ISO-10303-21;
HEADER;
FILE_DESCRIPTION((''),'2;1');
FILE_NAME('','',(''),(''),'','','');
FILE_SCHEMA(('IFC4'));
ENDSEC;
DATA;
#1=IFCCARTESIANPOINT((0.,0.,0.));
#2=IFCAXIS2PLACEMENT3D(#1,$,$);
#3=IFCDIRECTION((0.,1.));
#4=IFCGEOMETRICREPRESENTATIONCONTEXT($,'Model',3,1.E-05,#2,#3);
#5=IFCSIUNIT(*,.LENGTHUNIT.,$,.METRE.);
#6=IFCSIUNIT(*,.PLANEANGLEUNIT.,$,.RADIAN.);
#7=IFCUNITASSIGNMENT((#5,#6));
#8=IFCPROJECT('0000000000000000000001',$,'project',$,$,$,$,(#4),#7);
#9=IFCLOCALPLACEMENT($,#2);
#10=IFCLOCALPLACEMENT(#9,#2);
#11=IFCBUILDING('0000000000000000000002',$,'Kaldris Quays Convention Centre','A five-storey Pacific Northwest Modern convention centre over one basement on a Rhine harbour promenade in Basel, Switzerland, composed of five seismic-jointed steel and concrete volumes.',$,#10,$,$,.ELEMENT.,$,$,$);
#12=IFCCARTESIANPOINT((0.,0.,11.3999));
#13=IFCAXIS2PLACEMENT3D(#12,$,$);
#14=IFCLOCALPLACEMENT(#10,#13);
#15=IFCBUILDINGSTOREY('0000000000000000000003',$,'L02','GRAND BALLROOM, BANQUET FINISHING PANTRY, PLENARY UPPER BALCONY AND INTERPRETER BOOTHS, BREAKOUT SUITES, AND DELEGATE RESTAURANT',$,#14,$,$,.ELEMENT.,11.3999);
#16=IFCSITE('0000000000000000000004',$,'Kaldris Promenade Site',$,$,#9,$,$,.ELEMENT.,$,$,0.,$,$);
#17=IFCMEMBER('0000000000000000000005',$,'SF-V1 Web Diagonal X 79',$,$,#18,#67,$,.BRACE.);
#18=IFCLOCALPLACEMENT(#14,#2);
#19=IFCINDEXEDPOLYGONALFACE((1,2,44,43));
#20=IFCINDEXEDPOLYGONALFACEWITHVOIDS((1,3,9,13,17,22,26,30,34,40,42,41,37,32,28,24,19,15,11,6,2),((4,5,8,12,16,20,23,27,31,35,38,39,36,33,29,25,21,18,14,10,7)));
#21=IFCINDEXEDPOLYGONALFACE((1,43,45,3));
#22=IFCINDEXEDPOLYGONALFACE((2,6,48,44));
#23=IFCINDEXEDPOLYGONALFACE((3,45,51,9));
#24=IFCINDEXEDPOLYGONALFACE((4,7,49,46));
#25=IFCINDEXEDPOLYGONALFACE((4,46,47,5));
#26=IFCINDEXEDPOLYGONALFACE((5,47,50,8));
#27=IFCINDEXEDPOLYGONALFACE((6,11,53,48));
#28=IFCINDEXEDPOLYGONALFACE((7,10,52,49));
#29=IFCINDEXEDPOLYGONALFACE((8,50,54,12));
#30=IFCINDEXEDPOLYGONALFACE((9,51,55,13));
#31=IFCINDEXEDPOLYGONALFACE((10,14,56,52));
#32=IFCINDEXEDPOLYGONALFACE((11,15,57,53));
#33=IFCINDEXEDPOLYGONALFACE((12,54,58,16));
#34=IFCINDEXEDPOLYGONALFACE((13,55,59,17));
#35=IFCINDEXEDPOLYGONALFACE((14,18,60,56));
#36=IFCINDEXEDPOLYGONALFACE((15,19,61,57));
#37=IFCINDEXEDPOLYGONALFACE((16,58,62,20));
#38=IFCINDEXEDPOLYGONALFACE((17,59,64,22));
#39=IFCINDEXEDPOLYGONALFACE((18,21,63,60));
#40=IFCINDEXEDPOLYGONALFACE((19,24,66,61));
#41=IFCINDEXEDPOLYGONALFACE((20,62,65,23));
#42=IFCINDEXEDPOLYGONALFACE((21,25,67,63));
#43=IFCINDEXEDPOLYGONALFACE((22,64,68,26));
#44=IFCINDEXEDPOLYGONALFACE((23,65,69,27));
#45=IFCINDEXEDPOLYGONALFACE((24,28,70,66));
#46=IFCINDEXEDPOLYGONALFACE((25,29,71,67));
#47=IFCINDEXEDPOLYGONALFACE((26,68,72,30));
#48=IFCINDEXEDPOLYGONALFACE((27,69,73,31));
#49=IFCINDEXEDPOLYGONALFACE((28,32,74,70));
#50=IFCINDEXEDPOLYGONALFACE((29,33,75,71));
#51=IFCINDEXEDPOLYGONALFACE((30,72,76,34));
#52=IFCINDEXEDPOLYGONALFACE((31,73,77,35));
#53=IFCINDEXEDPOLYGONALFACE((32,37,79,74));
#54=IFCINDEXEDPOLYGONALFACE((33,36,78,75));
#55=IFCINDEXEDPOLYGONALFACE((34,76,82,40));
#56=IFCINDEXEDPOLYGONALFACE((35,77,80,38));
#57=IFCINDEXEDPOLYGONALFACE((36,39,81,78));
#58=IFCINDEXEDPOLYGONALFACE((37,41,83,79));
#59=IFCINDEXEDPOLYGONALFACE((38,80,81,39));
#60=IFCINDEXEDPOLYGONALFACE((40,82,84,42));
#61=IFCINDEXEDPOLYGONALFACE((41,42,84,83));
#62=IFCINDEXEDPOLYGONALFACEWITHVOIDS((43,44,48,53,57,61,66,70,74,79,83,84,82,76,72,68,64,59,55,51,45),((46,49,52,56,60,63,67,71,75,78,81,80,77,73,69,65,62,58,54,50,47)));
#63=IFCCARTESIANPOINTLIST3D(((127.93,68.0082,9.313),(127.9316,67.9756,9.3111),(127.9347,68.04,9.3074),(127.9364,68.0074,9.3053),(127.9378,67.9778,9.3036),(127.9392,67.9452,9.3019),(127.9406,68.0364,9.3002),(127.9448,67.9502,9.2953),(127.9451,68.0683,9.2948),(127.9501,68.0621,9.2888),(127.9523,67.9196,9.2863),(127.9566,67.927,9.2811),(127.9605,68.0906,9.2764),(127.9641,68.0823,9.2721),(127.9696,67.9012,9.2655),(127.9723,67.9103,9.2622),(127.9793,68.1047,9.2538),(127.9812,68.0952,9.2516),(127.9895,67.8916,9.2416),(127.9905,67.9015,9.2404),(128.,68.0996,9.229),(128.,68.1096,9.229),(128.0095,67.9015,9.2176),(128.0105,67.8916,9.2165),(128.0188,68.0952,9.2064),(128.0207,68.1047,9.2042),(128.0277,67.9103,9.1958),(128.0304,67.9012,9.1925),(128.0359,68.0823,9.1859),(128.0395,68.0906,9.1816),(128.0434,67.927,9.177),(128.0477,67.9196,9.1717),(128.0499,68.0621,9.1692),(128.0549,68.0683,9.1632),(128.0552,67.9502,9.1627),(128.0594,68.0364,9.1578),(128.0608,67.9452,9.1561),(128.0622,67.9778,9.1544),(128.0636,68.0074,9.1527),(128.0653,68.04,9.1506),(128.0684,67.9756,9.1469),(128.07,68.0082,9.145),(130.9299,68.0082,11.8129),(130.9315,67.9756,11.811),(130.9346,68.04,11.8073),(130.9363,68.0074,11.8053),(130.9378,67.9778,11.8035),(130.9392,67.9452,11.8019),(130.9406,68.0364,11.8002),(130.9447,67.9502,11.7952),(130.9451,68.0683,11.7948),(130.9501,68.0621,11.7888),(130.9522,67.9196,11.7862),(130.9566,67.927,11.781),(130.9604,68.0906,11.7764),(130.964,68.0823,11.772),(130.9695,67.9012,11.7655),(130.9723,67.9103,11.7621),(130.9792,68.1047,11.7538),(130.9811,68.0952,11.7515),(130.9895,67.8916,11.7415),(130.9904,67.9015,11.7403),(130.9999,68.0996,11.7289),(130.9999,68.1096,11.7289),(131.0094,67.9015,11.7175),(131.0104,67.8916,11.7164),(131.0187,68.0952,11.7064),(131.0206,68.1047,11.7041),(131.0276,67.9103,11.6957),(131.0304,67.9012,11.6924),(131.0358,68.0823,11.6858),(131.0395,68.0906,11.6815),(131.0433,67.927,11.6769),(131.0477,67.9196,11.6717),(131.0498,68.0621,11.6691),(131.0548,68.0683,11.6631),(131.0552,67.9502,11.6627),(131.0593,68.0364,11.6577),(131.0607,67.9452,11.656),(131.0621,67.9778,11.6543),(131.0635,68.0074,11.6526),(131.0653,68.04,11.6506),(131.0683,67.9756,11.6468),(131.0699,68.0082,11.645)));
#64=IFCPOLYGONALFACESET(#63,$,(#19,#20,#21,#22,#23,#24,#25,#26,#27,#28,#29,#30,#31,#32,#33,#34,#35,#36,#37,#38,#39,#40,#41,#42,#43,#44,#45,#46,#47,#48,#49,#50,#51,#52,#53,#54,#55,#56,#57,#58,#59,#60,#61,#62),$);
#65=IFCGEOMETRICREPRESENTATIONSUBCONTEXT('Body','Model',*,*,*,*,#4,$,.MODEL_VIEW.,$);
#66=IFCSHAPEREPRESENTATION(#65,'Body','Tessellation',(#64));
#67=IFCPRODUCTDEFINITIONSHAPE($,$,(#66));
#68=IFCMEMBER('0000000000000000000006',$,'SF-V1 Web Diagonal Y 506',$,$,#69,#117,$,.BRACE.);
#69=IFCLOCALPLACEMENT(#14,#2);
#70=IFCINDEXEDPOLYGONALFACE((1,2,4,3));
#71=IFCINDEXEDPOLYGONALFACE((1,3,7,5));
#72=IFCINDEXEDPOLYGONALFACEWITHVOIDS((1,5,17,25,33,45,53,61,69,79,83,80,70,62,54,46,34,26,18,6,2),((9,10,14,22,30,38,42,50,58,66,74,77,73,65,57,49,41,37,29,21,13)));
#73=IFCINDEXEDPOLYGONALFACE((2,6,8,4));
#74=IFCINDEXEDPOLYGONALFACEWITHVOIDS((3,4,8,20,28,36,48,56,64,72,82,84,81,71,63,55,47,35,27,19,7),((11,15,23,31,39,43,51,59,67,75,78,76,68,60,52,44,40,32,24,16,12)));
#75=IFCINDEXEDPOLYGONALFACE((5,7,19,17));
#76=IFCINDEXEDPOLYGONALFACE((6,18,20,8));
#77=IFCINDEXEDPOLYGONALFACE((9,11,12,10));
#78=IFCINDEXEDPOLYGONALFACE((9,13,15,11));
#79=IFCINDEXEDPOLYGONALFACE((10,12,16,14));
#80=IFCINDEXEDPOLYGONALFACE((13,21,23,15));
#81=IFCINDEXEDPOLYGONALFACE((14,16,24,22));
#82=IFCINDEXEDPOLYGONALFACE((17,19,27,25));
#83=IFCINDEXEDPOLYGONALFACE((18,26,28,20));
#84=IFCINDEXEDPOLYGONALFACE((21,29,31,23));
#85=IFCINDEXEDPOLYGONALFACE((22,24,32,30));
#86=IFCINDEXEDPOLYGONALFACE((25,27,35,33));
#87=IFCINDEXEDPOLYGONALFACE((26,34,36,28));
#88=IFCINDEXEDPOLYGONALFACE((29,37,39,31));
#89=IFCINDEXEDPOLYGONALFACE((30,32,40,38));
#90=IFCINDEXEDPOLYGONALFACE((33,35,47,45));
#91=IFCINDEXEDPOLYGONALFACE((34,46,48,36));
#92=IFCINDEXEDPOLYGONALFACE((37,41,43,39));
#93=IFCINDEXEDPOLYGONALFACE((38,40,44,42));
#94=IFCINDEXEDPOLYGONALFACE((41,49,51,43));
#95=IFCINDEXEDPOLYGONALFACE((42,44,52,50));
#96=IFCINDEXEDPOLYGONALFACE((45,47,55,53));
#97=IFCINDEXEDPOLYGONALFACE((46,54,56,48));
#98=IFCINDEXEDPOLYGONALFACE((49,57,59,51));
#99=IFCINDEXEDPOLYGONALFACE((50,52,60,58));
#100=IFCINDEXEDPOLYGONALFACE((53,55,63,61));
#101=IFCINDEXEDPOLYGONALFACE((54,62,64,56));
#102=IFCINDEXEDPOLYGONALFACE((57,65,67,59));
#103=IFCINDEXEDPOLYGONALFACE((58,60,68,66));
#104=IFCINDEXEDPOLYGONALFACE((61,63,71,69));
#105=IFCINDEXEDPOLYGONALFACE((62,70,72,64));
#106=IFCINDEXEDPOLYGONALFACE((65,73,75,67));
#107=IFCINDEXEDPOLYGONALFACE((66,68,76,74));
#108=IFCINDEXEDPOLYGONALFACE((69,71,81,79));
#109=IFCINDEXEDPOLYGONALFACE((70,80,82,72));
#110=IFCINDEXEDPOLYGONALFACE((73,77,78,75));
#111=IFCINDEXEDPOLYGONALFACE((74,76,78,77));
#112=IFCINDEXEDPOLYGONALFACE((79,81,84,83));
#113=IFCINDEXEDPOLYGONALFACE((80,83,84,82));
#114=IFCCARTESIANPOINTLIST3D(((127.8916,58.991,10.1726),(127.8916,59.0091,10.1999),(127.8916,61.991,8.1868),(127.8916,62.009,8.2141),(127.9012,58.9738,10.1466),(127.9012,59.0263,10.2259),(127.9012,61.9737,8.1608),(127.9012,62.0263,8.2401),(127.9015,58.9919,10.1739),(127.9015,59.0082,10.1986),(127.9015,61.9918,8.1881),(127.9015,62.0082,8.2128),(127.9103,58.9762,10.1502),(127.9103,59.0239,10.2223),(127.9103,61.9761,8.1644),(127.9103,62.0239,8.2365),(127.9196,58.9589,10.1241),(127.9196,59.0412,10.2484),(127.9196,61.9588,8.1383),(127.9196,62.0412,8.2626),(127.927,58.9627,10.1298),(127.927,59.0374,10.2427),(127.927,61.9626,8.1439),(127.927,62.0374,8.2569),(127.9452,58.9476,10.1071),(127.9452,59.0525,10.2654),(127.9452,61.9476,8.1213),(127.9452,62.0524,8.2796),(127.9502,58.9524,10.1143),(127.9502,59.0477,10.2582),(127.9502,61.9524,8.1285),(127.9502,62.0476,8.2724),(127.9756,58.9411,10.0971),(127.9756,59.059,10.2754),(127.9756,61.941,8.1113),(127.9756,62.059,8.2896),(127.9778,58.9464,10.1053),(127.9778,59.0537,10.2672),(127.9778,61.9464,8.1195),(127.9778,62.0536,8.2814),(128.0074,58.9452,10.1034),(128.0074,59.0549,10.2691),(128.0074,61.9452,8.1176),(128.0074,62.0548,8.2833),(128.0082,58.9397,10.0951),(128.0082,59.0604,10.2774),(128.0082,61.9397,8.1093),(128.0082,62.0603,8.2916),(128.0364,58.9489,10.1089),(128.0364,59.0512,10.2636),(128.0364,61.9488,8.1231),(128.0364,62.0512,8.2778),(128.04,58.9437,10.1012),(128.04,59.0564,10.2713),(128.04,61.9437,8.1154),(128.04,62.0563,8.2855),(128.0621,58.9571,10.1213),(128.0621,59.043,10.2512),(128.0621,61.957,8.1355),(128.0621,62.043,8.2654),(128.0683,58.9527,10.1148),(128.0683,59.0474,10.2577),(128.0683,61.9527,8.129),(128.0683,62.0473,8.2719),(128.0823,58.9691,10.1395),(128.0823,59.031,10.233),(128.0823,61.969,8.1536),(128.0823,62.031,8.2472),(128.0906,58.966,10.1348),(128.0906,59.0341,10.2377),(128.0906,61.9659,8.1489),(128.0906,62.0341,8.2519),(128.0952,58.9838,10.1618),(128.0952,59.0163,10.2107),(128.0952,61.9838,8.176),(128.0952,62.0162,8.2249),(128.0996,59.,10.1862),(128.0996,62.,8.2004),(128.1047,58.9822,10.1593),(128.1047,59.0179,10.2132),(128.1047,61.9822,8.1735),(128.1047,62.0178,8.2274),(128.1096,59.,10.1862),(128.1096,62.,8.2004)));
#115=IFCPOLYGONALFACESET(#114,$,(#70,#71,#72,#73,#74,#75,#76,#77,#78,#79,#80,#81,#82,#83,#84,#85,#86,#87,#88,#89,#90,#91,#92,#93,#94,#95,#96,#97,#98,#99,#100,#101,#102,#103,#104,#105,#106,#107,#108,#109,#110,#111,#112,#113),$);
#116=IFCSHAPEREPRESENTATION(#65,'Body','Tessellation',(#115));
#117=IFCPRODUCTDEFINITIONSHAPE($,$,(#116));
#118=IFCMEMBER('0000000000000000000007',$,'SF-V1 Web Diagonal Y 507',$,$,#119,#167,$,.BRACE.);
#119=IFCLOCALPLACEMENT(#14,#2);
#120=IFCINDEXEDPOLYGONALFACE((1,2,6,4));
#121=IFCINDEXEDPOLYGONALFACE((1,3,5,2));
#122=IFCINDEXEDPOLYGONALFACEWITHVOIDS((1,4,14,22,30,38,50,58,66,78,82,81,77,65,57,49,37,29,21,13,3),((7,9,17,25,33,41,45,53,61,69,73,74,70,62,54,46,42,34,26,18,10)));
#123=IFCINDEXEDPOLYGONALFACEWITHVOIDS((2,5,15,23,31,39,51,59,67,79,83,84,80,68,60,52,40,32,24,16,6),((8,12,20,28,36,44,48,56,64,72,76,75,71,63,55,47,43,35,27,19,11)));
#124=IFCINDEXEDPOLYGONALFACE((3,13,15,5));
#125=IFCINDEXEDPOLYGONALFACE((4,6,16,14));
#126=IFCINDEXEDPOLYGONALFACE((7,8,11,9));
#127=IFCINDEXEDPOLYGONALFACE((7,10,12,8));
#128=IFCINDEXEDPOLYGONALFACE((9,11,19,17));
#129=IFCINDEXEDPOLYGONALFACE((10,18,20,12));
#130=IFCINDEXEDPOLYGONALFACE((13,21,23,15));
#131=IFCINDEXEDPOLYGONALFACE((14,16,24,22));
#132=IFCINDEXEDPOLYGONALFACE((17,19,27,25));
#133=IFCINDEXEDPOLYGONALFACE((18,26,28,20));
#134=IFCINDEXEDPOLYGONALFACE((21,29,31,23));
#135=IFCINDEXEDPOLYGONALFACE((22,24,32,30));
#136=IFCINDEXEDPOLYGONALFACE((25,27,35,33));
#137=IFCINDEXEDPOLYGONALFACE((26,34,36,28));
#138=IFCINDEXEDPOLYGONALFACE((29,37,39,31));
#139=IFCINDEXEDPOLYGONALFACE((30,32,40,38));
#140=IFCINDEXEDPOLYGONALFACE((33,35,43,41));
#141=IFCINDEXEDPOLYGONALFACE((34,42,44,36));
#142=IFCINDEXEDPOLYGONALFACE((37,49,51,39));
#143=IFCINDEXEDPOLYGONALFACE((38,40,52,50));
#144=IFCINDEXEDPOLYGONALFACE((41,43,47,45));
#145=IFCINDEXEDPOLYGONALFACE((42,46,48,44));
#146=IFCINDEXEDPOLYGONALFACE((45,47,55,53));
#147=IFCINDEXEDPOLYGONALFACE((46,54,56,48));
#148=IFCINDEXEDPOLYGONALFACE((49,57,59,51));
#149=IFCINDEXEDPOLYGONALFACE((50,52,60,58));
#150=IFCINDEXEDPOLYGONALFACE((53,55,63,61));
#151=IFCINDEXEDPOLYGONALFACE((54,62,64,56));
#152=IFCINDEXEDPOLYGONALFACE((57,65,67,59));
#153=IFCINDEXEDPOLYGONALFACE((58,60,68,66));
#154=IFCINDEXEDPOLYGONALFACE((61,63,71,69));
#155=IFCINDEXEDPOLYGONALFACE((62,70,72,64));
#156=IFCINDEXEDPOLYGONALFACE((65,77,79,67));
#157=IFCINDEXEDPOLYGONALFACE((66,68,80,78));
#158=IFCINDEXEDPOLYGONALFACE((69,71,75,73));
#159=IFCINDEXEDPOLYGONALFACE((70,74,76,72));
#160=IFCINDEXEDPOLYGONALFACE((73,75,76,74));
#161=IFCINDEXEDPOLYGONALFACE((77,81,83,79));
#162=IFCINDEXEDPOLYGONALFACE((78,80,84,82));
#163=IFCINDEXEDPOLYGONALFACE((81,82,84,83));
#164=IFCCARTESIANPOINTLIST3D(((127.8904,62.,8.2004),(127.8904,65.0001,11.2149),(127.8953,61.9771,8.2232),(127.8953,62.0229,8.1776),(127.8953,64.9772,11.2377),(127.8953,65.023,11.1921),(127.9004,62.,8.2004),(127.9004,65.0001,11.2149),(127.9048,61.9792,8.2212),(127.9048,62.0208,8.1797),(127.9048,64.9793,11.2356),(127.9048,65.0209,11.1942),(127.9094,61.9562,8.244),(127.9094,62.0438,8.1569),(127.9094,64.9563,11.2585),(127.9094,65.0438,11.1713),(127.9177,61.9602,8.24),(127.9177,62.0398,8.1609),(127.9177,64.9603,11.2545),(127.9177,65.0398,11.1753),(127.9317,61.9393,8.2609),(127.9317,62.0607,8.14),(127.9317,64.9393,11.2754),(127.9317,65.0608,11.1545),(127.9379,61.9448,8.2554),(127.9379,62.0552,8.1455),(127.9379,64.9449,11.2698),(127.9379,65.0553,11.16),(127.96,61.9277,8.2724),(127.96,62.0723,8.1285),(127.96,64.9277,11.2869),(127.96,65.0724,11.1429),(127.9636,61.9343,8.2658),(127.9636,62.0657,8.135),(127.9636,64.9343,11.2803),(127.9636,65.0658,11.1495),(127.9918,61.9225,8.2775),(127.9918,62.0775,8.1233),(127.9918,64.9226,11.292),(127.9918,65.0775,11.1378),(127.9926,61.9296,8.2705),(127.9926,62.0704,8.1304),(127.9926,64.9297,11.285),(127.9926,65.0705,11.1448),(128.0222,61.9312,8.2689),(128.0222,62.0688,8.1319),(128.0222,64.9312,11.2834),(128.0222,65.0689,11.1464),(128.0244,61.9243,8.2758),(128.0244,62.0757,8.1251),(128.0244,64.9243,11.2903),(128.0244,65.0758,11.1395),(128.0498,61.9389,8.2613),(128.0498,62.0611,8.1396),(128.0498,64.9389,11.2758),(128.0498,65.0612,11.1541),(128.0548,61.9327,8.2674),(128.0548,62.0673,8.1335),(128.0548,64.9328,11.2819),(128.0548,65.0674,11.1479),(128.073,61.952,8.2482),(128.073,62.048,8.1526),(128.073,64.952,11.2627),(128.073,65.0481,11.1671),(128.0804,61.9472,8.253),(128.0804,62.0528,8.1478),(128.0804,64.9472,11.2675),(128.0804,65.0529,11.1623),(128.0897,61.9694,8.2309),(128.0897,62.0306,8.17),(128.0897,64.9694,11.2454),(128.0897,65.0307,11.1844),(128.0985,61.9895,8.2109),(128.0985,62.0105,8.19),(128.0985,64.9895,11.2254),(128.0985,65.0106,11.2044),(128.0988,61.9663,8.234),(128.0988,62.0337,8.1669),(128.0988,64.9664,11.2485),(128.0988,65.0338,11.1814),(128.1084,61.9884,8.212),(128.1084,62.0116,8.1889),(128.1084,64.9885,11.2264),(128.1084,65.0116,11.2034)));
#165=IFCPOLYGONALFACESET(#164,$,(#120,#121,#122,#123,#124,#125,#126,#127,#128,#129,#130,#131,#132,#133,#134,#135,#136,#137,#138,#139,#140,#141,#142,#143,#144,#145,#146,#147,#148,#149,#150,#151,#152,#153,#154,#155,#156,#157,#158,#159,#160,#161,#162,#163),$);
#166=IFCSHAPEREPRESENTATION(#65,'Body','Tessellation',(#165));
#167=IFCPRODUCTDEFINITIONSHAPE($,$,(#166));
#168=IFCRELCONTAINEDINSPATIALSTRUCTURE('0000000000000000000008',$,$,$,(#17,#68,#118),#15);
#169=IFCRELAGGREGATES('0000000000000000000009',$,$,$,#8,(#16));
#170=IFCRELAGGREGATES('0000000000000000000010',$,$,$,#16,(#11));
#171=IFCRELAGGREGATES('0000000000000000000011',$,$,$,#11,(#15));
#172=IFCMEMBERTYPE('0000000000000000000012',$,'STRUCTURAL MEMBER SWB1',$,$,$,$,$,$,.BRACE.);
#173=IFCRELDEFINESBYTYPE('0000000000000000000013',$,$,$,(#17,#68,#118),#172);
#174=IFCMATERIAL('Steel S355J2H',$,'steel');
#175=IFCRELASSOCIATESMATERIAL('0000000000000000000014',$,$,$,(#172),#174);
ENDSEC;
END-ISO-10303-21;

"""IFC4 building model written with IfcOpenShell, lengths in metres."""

from ifc_helpers import new_model, si_unit, direction, frame, origin, origin_2d, place, context, subcontext, project, spatial, hollow_circle, extrude, material, material_profile, profile_set, type_object, element, save


model = new_model("IFC4")

# Units and contexts
model_context = context("Model", 3, precision=1e-05, world=origin(), true_north=direction((0.0, 1.0)))
body_context = subcontext(model_context, "Body", "Model", "MODEL_VIEW")
ifc_project = project(units=[si_unit("LENGTHUNIT", "METRE"), si_unit("PLANEANGLEUNIT", "RADIAN")], contexts=[model_context])

# Site, building, storey
site_placement = place(None, origin())
site = spatial("IfcSite", under=ifc_project, at=site_placement, Name="Kaldris Promenade Site", CompositionType="ELEMENT", RefElevation=0.0)
building_placement = place(site_placement, origin())
building = spatial("IfcBuilding", under=site, at=building_placement, Name="Kaldris Quays Convention Centre", Description="A five-storey Pacific Northwest Modern convention centre over one basement on a Rhine harbour promenade in Basel, Switzerland, composed of five seismic-jointed steel and concrete volumes.", CompositionType="ELEMENT")
storey_placement = place(building_placement, frame((0.0, 0.0, 11.3999)))
storey = spatial("IfcBuildingStorey", under=building, at=storey_placement, Name="L02", Description="GRAND BALLROOM, BANQUET FINISHING PANTRY, PLENARY UPPER BALCONY AND INTERPRETER BOOTHS, BREAKOUT SUITES, AND DELEGATE RESTAURANT", CompositionType="ELEMENT", Elevation=11.3999)

# Members
ifc_material_1 = material(Name="Steel S355J2H", Category="steel")
ifc_material_profile_1 = material_profile(ifc_material_1, hollow_circle(Radius=0.1096, WallThickness=0.01, at=origin_2d()), Name="CHS 219.1x10")
ifc_profile_set_1 = profile_set([ifc_material_profile_1], Name="Steel S355J2H")
member_type_1 = type_object("IfcMemberType", Name="STRUCTURAL MEMBER SWB1", PredefinedType="BRACE", material=ifc_profile_set_1)
for number, where, z_axis, x_axis, name in (
    (1, (128.0, 68.0, 9.229), (0.768221, 0.0, 0.640184), (0.0, 1.0, 0.0), "SF-V1 Web Diagonal X 79"),
):
    element("IfcMember", number, at=place(storey_placement, frame(where, z_axis=z_axis, x_axis=x_axis)), inside=storey, type_object=member_type_1, Name=name, PredefinedType="BRACE", context=body_context, shape_type="SweptSolid", body=[
        extrude(hollow_circle(Radius=0.1096, WallThickness=0.01, at=origin_2d()), origin(), (0.0, 0.0, 1.0), 3.905),
    ])
member_1_placement = place(storey_placement, frame((128.0, 62.0, 8.2004), z_axis=(0.0, -0.833862, 0.551972), x_axis=(1.0, 0.0, 0.0)))
element("IfcMember", 2, at=member_1_placement, inside=storey, type_object=member_type_1, Name="SF-V1 Web Diagonal Y 506", PredefinedType="BRACE", context=body_context, shape_type="SweptSolid", body=[
    extrude(hollow_circle(Radius=0.1096, WallThickness=0.01, at=origin_2d()), origin(), (0.0, 0.0, 1.0), 3.5977),
])
member_2_placement = place(storey_placement, frame((128.0, 62.0, 8.2004), z_axis=(0.0, 0.705411, 0.708798), x_axis=(-1.0, 0.0, 0.0)))
element("IfcMember", 3, at=member_2_placement, inside=storey, type_object=member_type_1, Name="SF-V1 Web Diagonal Y 507", PredefinedType="BRACE", context=body_context, shape_type="SweptSolid", body=[
    extrude(hollow_circle(Radius=0.1096, WallThickness=0.01, at=origin_2d()), origin(), (0.0, 0.0, 1.0), 4.2529),
])

save(model, "model.ifc")
